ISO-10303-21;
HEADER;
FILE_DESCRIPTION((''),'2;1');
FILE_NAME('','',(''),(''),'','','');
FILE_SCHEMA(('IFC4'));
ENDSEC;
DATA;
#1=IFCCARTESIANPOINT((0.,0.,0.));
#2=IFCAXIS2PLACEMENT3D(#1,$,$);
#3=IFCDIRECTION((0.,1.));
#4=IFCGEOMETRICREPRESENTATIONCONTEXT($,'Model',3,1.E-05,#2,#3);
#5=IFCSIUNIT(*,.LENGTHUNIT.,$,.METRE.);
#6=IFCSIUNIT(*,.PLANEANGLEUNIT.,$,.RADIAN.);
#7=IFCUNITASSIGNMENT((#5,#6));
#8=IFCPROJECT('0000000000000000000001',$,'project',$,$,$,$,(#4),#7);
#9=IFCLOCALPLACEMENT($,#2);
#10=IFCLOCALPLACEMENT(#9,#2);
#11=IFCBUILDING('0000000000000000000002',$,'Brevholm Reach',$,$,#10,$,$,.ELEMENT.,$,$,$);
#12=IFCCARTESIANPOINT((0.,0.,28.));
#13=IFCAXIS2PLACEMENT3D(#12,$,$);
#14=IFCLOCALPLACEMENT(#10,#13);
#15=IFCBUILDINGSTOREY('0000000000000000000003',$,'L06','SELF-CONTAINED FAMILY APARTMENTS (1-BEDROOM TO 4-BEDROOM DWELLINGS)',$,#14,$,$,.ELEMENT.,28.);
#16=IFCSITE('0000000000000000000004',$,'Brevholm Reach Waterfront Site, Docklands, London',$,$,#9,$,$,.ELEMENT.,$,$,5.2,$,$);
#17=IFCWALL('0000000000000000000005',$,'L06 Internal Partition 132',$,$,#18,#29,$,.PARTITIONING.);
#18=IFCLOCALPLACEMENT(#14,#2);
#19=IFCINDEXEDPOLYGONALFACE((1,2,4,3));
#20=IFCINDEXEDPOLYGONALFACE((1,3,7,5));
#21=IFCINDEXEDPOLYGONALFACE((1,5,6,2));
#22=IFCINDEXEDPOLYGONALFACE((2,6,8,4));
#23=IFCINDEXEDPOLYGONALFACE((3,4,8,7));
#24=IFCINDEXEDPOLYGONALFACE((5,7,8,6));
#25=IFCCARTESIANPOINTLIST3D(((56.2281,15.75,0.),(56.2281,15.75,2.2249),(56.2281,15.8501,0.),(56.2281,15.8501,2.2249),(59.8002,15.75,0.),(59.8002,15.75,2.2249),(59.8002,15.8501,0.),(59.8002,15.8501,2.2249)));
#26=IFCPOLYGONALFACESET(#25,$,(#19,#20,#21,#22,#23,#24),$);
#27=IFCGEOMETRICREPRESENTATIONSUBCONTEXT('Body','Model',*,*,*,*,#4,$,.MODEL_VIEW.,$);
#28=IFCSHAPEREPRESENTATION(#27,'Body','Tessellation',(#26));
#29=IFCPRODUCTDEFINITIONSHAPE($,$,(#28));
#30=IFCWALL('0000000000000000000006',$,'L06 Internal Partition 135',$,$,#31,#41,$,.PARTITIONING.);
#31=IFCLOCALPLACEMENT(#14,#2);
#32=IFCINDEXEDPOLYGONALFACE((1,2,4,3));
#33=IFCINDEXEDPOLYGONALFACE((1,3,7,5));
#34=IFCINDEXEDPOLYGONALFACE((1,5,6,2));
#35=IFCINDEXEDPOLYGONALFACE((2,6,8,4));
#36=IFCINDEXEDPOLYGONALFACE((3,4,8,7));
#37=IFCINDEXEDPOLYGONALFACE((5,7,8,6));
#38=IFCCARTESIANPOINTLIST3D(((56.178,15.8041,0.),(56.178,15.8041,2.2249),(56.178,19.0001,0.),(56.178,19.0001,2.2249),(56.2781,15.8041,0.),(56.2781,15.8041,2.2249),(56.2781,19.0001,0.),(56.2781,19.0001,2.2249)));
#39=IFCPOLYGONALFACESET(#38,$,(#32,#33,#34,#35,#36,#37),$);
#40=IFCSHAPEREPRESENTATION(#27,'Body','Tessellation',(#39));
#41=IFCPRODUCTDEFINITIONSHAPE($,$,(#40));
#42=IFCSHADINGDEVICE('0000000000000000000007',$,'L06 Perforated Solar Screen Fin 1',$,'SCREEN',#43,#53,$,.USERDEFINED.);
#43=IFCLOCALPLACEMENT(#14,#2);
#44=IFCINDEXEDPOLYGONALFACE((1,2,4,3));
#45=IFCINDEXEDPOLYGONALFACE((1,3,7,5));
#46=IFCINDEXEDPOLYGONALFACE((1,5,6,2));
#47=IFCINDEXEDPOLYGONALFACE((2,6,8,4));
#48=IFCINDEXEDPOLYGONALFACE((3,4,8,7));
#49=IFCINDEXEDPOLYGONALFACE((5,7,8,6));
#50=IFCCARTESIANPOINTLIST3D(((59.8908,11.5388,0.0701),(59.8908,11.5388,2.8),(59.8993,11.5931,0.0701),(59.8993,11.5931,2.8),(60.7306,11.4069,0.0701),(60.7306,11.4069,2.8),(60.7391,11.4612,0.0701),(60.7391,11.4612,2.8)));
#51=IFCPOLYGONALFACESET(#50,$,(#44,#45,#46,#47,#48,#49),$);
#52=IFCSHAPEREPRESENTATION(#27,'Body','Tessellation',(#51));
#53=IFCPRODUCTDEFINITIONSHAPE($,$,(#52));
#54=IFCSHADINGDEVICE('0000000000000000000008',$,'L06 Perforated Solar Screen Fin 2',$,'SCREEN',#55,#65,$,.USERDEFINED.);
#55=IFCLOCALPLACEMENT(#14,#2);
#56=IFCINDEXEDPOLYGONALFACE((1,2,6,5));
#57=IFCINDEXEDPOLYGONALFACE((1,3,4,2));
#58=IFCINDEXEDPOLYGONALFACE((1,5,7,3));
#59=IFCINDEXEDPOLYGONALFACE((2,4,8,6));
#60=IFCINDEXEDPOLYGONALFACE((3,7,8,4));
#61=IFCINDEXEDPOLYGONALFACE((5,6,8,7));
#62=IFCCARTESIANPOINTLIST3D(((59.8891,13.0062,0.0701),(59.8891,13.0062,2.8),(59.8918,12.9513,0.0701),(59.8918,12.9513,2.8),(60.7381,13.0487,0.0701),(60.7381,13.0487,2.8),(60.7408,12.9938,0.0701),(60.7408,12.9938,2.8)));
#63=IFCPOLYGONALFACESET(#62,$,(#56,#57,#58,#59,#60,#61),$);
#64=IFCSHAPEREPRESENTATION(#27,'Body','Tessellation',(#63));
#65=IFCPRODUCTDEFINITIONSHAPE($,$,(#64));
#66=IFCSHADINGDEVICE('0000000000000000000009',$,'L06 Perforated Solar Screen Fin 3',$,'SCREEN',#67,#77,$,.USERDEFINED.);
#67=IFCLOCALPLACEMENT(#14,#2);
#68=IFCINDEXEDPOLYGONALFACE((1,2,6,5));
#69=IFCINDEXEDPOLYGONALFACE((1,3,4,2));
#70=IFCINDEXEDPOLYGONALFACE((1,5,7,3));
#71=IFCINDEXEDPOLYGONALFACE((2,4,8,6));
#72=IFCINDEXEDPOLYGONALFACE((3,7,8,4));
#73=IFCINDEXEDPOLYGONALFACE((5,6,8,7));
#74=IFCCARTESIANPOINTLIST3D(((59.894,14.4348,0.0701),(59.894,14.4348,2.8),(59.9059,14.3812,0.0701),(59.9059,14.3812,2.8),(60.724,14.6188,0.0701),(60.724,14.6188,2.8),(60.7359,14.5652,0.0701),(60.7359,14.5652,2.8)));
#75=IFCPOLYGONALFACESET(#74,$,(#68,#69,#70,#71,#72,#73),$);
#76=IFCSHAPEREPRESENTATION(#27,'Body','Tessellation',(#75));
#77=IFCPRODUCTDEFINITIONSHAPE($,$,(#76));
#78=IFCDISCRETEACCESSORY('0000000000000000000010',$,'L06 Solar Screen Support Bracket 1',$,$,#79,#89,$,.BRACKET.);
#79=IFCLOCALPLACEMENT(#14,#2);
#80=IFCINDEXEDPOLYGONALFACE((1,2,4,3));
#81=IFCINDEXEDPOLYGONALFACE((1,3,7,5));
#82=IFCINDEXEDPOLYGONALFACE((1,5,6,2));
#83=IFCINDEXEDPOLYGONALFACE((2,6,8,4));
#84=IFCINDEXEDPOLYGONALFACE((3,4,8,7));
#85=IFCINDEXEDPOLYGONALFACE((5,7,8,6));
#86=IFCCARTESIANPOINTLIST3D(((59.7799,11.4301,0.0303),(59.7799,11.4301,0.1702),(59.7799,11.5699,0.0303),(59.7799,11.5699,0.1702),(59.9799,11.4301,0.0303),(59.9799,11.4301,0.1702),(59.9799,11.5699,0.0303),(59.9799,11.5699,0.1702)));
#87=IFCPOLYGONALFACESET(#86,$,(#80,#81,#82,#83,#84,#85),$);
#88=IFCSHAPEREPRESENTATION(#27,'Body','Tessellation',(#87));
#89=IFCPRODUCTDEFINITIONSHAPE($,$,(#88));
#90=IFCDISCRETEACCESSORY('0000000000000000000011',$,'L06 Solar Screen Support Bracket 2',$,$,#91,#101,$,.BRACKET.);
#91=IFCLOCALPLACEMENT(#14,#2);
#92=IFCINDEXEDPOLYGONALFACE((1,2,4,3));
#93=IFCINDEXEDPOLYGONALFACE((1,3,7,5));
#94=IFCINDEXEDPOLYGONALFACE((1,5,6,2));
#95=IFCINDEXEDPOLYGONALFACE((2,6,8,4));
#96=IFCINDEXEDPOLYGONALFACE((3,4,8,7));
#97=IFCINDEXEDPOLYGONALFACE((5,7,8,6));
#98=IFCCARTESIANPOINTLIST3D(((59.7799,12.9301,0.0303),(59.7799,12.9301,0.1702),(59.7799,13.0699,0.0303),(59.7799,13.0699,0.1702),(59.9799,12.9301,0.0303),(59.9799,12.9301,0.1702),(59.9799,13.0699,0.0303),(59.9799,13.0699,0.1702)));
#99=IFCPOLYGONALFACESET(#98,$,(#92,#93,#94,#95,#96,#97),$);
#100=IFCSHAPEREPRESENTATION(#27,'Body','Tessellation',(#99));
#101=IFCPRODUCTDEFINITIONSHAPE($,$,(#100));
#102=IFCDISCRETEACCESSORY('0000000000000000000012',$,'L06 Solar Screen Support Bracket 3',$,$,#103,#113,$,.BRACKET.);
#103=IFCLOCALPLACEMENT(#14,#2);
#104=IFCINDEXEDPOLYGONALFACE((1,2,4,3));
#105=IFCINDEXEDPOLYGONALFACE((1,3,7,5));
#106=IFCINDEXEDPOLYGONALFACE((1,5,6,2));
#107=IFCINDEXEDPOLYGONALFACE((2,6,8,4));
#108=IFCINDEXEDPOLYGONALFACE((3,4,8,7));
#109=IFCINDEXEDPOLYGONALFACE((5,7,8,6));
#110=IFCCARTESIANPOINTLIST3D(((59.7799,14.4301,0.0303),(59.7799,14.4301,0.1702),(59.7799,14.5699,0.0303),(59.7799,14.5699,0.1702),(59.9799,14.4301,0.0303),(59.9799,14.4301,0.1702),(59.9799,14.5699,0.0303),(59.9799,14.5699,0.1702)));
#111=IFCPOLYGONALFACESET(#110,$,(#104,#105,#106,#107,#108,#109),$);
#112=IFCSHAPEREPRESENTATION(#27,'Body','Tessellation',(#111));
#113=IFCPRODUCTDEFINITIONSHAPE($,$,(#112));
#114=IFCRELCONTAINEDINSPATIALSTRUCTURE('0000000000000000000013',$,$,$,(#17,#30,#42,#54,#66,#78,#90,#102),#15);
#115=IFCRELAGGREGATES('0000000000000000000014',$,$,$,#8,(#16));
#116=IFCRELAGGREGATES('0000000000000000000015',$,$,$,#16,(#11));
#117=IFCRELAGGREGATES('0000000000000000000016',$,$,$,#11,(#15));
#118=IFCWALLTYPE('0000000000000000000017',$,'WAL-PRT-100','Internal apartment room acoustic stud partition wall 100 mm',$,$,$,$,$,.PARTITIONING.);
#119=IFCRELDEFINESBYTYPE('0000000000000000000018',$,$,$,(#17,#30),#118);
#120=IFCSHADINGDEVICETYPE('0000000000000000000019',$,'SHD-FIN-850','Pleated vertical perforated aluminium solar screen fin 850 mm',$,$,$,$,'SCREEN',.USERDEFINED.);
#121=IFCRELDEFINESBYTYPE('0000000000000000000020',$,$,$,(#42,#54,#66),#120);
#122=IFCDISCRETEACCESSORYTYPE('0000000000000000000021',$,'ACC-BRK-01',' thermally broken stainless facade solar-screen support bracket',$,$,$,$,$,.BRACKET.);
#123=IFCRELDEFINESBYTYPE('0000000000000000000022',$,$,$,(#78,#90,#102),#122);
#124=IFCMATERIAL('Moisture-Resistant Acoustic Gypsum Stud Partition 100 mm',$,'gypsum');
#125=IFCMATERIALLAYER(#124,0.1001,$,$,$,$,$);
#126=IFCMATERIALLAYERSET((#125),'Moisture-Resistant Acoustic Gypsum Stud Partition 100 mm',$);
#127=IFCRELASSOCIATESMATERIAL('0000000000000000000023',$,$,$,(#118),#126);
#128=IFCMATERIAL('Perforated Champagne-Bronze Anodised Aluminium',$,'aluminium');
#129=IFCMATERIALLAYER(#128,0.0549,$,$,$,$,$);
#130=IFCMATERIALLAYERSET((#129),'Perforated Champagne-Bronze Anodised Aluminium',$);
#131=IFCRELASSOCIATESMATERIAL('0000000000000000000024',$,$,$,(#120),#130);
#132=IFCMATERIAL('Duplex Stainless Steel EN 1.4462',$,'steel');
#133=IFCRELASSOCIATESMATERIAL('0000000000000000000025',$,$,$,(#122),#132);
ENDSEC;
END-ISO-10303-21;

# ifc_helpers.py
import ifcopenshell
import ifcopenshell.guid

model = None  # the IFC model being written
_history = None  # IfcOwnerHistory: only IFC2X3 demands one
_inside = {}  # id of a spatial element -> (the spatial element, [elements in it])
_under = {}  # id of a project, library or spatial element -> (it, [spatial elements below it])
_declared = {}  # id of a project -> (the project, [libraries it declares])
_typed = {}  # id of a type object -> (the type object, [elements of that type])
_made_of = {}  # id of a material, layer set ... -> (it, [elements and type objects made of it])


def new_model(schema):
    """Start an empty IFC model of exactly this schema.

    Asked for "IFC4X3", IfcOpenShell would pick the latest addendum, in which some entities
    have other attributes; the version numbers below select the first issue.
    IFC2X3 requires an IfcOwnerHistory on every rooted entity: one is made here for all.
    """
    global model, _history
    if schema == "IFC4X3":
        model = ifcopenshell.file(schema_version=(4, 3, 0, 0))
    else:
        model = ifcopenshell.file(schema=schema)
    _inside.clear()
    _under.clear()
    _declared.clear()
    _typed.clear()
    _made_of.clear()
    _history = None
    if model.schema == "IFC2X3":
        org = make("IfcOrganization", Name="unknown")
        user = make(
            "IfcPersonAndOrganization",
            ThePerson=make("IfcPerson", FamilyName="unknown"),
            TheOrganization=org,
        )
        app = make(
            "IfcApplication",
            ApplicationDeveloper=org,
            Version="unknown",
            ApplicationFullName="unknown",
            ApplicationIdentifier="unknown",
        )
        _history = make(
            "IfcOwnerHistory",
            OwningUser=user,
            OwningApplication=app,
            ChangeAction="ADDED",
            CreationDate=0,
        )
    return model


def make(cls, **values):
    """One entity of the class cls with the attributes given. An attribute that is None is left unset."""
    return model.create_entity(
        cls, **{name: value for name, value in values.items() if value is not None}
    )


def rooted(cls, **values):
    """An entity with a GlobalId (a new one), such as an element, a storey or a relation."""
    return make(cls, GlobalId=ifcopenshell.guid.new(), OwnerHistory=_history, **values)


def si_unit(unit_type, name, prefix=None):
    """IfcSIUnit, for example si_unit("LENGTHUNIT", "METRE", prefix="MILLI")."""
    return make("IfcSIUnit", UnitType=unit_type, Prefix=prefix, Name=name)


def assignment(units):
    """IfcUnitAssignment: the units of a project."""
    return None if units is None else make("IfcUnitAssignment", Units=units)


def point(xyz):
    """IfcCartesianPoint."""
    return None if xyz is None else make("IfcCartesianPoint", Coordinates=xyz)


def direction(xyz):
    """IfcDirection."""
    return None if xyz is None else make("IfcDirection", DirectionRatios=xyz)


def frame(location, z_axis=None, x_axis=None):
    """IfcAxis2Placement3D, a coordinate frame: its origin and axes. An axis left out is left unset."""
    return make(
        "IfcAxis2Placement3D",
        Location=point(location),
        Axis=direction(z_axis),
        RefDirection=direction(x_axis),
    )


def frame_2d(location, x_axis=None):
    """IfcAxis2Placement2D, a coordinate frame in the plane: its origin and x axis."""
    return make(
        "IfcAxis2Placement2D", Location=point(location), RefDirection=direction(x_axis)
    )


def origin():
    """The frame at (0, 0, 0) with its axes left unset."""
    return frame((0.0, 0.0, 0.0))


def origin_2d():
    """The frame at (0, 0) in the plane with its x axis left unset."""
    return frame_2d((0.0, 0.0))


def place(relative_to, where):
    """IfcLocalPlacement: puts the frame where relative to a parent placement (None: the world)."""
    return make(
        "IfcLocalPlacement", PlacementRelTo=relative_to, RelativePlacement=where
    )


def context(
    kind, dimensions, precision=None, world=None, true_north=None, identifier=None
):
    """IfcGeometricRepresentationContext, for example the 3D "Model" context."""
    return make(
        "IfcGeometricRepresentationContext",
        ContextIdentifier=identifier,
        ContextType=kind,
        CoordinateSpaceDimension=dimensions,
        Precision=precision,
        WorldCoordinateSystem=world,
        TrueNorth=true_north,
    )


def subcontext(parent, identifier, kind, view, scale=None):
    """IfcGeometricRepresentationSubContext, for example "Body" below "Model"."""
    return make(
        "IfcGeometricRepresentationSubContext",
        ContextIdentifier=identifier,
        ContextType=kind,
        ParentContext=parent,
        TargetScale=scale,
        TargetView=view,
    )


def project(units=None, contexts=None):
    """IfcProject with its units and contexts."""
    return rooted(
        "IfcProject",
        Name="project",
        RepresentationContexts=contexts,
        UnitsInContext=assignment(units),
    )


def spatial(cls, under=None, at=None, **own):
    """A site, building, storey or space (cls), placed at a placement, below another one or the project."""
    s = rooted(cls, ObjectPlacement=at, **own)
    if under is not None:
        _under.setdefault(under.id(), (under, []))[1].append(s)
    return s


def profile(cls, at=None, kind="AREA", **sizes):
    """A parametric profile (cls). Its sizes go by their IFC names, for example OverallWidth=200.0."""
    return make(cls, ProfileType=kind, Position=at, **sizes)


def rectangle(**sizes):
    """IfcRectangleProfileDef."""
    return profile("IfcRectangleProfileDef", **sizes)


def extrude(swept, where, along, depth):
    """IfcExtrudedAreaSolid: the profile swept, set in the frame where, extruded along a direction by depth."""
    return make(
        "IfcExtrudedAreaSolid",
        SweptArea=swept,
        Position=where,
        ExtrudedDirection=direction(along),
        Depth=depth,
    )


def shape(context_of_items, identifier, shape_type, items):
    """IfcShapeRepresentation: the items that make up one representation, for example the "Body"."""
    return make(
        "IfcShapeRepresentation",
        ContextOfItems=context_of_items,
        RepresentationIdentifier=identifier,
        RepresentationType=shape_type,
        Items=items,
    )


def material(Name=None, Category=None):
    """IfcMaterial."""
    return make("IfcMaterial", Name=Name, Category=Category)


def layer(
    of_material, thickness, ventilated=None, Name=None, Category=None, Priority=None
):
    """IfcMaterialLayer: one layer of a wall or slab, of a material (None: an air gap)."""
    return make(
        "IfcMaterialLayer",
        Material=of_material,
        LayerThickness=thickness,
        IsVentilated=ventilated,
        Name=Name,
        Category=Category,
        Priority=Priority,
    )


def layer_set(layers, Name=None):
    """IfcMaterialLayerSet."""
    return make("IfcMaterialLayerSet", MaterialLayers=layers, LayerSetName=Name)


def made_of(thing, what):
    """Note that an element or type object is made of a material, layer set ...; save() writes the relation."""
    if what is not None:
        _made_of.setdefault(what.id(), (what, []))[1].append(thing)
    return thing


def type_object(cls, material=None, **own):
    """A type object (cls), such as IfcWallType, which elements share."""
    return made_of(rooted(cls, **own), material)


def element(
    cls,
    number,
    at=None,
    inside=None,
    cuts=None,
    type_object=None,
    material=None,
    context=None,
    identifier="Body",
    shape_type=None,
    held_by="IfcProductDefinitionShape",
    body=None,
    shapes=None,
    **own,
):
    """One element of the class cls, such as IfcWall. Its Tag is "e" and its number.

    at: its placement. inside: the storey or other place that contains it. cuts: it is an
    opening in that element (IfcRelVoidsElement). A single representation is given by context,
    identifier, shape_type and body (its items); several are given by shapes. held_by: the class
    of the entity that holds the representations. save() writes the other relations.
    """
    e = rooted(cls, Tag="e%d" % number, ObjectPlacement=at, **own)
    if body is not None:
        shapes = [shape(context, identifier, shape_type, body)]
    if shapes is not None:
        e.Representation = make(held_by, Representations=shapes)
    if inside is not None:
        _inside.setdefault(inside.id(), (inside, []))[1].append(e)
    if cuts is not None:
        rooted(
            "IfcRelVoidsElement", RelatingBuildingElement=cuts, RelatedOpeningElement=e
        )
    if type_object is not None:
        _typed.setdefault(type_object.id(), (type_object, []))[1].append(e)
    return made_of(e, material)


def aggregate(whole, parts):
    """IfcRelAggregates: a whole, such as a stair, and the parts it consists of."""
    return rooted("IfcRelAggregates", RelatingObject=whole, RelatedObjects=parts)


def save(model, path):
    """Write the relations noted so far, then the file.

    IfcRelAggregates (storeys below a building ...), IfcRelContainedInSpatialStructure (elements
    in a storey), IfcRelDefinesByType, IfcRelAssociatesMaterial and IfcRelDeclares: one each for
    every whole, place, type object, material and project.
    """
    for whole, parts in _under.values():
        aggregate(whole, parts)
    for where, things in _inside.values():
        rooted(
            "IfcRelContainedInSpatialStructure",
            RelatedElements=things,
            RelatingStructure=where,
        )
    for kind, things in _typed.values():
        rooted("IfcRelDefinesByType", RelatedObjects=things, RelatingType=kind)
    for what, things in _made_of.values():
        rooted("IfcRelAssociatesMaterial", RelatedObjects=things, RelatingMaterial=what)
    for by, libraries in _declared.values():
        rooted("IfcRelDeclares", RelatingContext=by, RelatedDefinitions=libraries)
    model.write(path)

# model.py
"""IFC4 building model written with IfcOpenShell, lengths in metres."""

from ifc_helpers import new_model, si_unit, direction, frame, frame_2d, origin, origin_2d, place, context, subcontext, project, spatial, rectangle, extrude, material, layer, layer_set, type_object, element, save


model = new_model("IFC4")

# Units and contexts
model_context = context("Model", 3, precision=1e-05, world=origin(), true_north=direction((0.0, 1.0)))
body_context = subcontext(model_context, "Body", "Model", "MODEL_VIEW")
ifc_project = project(units=[si_unit("LENGTHUNIT", "METRE"), si_unit("PLANEANGLEUNIT", "RADIAN")], contexts=[model_context])

# Site, building, storey
site_placement = place(None, origin())
site = spatial("IfcSite", under=ifc_project, at=site_placement, Name="Brevholm Reach Waterfront Site, Docklands, London", CompositionType="ELEMENT", RefElevation=5.2)
building_placement = place(site_placement, origin())
building = spatial("IfcBuilding", under=site, at=building_placement, Name="Brevholm Reach", CompositionType="ELEMENT")
storey_placement = place(building_placement, frame((0.0, 0.0, 28.0)))
storey = spatial("IfcBuildingStorey", under=building, at=storey_placement, Name="L06", Description="SELF-CONTAINED FAMILY APARTMENTS (1-BEDROOM TO 4-BEDROOM DWELLINGS)", CompositionType="ELEMENT", Elevation=28.0)

# Walls
ifc_material_1 = material(Name="Moisture-Resistant Acoustic Gypsum Stud Partition 100 mm", Category="gypsum")
ifc_layer_1 = layer(ifc_material_1, 0.1001)
ifc_layer_set_1 = layer_set([ifc_layer_1], Name="Moisture-Resistant Acoustic Gypsum Stud Partition 100 mm")
wall_type = type_object("IfcWallType", Name="WAL-PRT-100", Description="Internal apartment room acoustic stud partition wall 100 mm", PredefinedType="PARTITIONING", material=ifc_layer_set_1)
wall_1_placement = place(storey_placement, frame((56.228, 15.8, 0.0), z_axis=(0.0, 0.0, 1.0), x_axis=(1.0, 0.0, 0.0)))
element("IfcWall", 1, at=wall_1_placement, inside=storey, type_object=wall_type, Name="L06 Internal Partition 132", PredefinedType="PARTITIONING", context=body_context, shape_type="SweptSolid", body=[
    extrude(rectangle(XDim=3.572, YDim=0.1001, at=frame_2d((1.7861, 0.0))), origin(), (0.0, 0.0, 1.0), 2.2249),
])
wall_2_placement = place(storey_placement, frame((56.228, 15.804, 0.0), z_axis=(0.0, 0.0, 1.0), x_axis=(0.0, 1.0, 0.0)))
element("IfcWall", 2, at=wall_2_placement, inside=storey, type_object=wall_type, Name="L06 Internal Partition 135", PredefinedType="PARTITIONING", context=body_context, shape_type="SweptSolid", body=[
    extrude(rectangle(XDim=3.196, YDim=0.1001, at=frame_2d((1.5981, 0.0))), origin(), (0.0, 0.0, 1.0), 2.2249),
])

# Shading devices
ifc_material_2 = material(Name="Perforated Champagne-Bronze Anodised Aluminium", Category="aluminium")
ifc_layer_2 = layer(ifc_material_2, 0.0549)
ifc_layer_set_2 = layer_set([ifc_layer_2], Name="Perforated Champagne-Bronze Anodised Aluminium")
shading_device_type = type_object("IfcShadingDeviceType", Name="SHD-FIN-850", Description="Pleated vertical perforated aluminium solar screen fin 850 mm", ElementType="SCREEN", PredefinedType="USERDEFINED", material=ifc_layer_set_2)
for number, where, z_axis, x_axis, name in (
    (3, (60.3149, 11.5, 0.0701), (0.0, 0.0, 1.0), (0.987881, -0.15521, 0.0), "L06 Perforated Solar Screen Fin 1"),
    (4, (60.3149, 13.0, 0.0701), (0.0, 0.0, 1.0), (0.998751, 0.049965, 0.0), "L06 Perforated Solar Screen Fin 2"),
    (5, (60.3149, 14.5, 0.0701), (0.0, 0.0, 1.0), (0.976296, 0.21644, 0.0), "L06 Perforated Solar Screen Fin 3"),
):
    element("IfcShadingDevice", number, at=place(storey_placement, frame(where, z_axis=z_axis, x_axis=x_axis)), inside=storey, type_object=shading_device_type, Name=name, ObjectType="SCREEN", PredefinedType="USERDEFINED", context=body_context, shape_type="SweptSolid", body=[
        extrude(rectangle(XDim=0.8501, YDim=0.0549, at=origin_2d()), origin(), (0.0, 0.0, 1.0), 2.73),
    ])

# Discrete accessories
ifc_material_3 = material(Name="Duplex Stainless Steel EN 1.4462", Category="steel")
discrete_accessory_type = type_object("IfcDiscreteAccessoryType", Name="ACC-BRK-01", Description=" thermally broken stainless facade solar-screen support bracket", PredefinedType="BRACKET", material=ifc_material_3)
for number, where, z_axis, x_axis, name in (
    (6, (59.8799, 11.5, 0.0303), (0.0, 0.0, 1.0), (1.0, 0.0, 0.0), "L06 Solar Screen Support Bracket 1"),
    (7, (59.8799, 13.0, 0.0303), (0.0, 0.0, 1.0), (1.0, 0.0, 0.0), "L06 Solar Screen Support Bracket 2"),
    (8, (59.8799, 14.5, 0.0303), (0.0, 0.0, 1.0), (1.0, 0.0, 0.0), "L06 Solar Screen Support Bracket 3"),
):
    element("IfcDiscreteAccessory", number, at=place(storey_placement, frame(where, z_axis=z_axis, x_axis=x_axis)), inside=storey, type_object=discrete_accessory_type, Name=name, PredefinedType="BRACKET", context=body_context, shape_type="SweptSolid", body=[
        extrude(rectangle(XDim=0.2, YDim=0.1399, at=origin_2d()), origin(), (0.0, 0.0, 1.0), 0.1399),
    ])

save(model, "model.ifc")
